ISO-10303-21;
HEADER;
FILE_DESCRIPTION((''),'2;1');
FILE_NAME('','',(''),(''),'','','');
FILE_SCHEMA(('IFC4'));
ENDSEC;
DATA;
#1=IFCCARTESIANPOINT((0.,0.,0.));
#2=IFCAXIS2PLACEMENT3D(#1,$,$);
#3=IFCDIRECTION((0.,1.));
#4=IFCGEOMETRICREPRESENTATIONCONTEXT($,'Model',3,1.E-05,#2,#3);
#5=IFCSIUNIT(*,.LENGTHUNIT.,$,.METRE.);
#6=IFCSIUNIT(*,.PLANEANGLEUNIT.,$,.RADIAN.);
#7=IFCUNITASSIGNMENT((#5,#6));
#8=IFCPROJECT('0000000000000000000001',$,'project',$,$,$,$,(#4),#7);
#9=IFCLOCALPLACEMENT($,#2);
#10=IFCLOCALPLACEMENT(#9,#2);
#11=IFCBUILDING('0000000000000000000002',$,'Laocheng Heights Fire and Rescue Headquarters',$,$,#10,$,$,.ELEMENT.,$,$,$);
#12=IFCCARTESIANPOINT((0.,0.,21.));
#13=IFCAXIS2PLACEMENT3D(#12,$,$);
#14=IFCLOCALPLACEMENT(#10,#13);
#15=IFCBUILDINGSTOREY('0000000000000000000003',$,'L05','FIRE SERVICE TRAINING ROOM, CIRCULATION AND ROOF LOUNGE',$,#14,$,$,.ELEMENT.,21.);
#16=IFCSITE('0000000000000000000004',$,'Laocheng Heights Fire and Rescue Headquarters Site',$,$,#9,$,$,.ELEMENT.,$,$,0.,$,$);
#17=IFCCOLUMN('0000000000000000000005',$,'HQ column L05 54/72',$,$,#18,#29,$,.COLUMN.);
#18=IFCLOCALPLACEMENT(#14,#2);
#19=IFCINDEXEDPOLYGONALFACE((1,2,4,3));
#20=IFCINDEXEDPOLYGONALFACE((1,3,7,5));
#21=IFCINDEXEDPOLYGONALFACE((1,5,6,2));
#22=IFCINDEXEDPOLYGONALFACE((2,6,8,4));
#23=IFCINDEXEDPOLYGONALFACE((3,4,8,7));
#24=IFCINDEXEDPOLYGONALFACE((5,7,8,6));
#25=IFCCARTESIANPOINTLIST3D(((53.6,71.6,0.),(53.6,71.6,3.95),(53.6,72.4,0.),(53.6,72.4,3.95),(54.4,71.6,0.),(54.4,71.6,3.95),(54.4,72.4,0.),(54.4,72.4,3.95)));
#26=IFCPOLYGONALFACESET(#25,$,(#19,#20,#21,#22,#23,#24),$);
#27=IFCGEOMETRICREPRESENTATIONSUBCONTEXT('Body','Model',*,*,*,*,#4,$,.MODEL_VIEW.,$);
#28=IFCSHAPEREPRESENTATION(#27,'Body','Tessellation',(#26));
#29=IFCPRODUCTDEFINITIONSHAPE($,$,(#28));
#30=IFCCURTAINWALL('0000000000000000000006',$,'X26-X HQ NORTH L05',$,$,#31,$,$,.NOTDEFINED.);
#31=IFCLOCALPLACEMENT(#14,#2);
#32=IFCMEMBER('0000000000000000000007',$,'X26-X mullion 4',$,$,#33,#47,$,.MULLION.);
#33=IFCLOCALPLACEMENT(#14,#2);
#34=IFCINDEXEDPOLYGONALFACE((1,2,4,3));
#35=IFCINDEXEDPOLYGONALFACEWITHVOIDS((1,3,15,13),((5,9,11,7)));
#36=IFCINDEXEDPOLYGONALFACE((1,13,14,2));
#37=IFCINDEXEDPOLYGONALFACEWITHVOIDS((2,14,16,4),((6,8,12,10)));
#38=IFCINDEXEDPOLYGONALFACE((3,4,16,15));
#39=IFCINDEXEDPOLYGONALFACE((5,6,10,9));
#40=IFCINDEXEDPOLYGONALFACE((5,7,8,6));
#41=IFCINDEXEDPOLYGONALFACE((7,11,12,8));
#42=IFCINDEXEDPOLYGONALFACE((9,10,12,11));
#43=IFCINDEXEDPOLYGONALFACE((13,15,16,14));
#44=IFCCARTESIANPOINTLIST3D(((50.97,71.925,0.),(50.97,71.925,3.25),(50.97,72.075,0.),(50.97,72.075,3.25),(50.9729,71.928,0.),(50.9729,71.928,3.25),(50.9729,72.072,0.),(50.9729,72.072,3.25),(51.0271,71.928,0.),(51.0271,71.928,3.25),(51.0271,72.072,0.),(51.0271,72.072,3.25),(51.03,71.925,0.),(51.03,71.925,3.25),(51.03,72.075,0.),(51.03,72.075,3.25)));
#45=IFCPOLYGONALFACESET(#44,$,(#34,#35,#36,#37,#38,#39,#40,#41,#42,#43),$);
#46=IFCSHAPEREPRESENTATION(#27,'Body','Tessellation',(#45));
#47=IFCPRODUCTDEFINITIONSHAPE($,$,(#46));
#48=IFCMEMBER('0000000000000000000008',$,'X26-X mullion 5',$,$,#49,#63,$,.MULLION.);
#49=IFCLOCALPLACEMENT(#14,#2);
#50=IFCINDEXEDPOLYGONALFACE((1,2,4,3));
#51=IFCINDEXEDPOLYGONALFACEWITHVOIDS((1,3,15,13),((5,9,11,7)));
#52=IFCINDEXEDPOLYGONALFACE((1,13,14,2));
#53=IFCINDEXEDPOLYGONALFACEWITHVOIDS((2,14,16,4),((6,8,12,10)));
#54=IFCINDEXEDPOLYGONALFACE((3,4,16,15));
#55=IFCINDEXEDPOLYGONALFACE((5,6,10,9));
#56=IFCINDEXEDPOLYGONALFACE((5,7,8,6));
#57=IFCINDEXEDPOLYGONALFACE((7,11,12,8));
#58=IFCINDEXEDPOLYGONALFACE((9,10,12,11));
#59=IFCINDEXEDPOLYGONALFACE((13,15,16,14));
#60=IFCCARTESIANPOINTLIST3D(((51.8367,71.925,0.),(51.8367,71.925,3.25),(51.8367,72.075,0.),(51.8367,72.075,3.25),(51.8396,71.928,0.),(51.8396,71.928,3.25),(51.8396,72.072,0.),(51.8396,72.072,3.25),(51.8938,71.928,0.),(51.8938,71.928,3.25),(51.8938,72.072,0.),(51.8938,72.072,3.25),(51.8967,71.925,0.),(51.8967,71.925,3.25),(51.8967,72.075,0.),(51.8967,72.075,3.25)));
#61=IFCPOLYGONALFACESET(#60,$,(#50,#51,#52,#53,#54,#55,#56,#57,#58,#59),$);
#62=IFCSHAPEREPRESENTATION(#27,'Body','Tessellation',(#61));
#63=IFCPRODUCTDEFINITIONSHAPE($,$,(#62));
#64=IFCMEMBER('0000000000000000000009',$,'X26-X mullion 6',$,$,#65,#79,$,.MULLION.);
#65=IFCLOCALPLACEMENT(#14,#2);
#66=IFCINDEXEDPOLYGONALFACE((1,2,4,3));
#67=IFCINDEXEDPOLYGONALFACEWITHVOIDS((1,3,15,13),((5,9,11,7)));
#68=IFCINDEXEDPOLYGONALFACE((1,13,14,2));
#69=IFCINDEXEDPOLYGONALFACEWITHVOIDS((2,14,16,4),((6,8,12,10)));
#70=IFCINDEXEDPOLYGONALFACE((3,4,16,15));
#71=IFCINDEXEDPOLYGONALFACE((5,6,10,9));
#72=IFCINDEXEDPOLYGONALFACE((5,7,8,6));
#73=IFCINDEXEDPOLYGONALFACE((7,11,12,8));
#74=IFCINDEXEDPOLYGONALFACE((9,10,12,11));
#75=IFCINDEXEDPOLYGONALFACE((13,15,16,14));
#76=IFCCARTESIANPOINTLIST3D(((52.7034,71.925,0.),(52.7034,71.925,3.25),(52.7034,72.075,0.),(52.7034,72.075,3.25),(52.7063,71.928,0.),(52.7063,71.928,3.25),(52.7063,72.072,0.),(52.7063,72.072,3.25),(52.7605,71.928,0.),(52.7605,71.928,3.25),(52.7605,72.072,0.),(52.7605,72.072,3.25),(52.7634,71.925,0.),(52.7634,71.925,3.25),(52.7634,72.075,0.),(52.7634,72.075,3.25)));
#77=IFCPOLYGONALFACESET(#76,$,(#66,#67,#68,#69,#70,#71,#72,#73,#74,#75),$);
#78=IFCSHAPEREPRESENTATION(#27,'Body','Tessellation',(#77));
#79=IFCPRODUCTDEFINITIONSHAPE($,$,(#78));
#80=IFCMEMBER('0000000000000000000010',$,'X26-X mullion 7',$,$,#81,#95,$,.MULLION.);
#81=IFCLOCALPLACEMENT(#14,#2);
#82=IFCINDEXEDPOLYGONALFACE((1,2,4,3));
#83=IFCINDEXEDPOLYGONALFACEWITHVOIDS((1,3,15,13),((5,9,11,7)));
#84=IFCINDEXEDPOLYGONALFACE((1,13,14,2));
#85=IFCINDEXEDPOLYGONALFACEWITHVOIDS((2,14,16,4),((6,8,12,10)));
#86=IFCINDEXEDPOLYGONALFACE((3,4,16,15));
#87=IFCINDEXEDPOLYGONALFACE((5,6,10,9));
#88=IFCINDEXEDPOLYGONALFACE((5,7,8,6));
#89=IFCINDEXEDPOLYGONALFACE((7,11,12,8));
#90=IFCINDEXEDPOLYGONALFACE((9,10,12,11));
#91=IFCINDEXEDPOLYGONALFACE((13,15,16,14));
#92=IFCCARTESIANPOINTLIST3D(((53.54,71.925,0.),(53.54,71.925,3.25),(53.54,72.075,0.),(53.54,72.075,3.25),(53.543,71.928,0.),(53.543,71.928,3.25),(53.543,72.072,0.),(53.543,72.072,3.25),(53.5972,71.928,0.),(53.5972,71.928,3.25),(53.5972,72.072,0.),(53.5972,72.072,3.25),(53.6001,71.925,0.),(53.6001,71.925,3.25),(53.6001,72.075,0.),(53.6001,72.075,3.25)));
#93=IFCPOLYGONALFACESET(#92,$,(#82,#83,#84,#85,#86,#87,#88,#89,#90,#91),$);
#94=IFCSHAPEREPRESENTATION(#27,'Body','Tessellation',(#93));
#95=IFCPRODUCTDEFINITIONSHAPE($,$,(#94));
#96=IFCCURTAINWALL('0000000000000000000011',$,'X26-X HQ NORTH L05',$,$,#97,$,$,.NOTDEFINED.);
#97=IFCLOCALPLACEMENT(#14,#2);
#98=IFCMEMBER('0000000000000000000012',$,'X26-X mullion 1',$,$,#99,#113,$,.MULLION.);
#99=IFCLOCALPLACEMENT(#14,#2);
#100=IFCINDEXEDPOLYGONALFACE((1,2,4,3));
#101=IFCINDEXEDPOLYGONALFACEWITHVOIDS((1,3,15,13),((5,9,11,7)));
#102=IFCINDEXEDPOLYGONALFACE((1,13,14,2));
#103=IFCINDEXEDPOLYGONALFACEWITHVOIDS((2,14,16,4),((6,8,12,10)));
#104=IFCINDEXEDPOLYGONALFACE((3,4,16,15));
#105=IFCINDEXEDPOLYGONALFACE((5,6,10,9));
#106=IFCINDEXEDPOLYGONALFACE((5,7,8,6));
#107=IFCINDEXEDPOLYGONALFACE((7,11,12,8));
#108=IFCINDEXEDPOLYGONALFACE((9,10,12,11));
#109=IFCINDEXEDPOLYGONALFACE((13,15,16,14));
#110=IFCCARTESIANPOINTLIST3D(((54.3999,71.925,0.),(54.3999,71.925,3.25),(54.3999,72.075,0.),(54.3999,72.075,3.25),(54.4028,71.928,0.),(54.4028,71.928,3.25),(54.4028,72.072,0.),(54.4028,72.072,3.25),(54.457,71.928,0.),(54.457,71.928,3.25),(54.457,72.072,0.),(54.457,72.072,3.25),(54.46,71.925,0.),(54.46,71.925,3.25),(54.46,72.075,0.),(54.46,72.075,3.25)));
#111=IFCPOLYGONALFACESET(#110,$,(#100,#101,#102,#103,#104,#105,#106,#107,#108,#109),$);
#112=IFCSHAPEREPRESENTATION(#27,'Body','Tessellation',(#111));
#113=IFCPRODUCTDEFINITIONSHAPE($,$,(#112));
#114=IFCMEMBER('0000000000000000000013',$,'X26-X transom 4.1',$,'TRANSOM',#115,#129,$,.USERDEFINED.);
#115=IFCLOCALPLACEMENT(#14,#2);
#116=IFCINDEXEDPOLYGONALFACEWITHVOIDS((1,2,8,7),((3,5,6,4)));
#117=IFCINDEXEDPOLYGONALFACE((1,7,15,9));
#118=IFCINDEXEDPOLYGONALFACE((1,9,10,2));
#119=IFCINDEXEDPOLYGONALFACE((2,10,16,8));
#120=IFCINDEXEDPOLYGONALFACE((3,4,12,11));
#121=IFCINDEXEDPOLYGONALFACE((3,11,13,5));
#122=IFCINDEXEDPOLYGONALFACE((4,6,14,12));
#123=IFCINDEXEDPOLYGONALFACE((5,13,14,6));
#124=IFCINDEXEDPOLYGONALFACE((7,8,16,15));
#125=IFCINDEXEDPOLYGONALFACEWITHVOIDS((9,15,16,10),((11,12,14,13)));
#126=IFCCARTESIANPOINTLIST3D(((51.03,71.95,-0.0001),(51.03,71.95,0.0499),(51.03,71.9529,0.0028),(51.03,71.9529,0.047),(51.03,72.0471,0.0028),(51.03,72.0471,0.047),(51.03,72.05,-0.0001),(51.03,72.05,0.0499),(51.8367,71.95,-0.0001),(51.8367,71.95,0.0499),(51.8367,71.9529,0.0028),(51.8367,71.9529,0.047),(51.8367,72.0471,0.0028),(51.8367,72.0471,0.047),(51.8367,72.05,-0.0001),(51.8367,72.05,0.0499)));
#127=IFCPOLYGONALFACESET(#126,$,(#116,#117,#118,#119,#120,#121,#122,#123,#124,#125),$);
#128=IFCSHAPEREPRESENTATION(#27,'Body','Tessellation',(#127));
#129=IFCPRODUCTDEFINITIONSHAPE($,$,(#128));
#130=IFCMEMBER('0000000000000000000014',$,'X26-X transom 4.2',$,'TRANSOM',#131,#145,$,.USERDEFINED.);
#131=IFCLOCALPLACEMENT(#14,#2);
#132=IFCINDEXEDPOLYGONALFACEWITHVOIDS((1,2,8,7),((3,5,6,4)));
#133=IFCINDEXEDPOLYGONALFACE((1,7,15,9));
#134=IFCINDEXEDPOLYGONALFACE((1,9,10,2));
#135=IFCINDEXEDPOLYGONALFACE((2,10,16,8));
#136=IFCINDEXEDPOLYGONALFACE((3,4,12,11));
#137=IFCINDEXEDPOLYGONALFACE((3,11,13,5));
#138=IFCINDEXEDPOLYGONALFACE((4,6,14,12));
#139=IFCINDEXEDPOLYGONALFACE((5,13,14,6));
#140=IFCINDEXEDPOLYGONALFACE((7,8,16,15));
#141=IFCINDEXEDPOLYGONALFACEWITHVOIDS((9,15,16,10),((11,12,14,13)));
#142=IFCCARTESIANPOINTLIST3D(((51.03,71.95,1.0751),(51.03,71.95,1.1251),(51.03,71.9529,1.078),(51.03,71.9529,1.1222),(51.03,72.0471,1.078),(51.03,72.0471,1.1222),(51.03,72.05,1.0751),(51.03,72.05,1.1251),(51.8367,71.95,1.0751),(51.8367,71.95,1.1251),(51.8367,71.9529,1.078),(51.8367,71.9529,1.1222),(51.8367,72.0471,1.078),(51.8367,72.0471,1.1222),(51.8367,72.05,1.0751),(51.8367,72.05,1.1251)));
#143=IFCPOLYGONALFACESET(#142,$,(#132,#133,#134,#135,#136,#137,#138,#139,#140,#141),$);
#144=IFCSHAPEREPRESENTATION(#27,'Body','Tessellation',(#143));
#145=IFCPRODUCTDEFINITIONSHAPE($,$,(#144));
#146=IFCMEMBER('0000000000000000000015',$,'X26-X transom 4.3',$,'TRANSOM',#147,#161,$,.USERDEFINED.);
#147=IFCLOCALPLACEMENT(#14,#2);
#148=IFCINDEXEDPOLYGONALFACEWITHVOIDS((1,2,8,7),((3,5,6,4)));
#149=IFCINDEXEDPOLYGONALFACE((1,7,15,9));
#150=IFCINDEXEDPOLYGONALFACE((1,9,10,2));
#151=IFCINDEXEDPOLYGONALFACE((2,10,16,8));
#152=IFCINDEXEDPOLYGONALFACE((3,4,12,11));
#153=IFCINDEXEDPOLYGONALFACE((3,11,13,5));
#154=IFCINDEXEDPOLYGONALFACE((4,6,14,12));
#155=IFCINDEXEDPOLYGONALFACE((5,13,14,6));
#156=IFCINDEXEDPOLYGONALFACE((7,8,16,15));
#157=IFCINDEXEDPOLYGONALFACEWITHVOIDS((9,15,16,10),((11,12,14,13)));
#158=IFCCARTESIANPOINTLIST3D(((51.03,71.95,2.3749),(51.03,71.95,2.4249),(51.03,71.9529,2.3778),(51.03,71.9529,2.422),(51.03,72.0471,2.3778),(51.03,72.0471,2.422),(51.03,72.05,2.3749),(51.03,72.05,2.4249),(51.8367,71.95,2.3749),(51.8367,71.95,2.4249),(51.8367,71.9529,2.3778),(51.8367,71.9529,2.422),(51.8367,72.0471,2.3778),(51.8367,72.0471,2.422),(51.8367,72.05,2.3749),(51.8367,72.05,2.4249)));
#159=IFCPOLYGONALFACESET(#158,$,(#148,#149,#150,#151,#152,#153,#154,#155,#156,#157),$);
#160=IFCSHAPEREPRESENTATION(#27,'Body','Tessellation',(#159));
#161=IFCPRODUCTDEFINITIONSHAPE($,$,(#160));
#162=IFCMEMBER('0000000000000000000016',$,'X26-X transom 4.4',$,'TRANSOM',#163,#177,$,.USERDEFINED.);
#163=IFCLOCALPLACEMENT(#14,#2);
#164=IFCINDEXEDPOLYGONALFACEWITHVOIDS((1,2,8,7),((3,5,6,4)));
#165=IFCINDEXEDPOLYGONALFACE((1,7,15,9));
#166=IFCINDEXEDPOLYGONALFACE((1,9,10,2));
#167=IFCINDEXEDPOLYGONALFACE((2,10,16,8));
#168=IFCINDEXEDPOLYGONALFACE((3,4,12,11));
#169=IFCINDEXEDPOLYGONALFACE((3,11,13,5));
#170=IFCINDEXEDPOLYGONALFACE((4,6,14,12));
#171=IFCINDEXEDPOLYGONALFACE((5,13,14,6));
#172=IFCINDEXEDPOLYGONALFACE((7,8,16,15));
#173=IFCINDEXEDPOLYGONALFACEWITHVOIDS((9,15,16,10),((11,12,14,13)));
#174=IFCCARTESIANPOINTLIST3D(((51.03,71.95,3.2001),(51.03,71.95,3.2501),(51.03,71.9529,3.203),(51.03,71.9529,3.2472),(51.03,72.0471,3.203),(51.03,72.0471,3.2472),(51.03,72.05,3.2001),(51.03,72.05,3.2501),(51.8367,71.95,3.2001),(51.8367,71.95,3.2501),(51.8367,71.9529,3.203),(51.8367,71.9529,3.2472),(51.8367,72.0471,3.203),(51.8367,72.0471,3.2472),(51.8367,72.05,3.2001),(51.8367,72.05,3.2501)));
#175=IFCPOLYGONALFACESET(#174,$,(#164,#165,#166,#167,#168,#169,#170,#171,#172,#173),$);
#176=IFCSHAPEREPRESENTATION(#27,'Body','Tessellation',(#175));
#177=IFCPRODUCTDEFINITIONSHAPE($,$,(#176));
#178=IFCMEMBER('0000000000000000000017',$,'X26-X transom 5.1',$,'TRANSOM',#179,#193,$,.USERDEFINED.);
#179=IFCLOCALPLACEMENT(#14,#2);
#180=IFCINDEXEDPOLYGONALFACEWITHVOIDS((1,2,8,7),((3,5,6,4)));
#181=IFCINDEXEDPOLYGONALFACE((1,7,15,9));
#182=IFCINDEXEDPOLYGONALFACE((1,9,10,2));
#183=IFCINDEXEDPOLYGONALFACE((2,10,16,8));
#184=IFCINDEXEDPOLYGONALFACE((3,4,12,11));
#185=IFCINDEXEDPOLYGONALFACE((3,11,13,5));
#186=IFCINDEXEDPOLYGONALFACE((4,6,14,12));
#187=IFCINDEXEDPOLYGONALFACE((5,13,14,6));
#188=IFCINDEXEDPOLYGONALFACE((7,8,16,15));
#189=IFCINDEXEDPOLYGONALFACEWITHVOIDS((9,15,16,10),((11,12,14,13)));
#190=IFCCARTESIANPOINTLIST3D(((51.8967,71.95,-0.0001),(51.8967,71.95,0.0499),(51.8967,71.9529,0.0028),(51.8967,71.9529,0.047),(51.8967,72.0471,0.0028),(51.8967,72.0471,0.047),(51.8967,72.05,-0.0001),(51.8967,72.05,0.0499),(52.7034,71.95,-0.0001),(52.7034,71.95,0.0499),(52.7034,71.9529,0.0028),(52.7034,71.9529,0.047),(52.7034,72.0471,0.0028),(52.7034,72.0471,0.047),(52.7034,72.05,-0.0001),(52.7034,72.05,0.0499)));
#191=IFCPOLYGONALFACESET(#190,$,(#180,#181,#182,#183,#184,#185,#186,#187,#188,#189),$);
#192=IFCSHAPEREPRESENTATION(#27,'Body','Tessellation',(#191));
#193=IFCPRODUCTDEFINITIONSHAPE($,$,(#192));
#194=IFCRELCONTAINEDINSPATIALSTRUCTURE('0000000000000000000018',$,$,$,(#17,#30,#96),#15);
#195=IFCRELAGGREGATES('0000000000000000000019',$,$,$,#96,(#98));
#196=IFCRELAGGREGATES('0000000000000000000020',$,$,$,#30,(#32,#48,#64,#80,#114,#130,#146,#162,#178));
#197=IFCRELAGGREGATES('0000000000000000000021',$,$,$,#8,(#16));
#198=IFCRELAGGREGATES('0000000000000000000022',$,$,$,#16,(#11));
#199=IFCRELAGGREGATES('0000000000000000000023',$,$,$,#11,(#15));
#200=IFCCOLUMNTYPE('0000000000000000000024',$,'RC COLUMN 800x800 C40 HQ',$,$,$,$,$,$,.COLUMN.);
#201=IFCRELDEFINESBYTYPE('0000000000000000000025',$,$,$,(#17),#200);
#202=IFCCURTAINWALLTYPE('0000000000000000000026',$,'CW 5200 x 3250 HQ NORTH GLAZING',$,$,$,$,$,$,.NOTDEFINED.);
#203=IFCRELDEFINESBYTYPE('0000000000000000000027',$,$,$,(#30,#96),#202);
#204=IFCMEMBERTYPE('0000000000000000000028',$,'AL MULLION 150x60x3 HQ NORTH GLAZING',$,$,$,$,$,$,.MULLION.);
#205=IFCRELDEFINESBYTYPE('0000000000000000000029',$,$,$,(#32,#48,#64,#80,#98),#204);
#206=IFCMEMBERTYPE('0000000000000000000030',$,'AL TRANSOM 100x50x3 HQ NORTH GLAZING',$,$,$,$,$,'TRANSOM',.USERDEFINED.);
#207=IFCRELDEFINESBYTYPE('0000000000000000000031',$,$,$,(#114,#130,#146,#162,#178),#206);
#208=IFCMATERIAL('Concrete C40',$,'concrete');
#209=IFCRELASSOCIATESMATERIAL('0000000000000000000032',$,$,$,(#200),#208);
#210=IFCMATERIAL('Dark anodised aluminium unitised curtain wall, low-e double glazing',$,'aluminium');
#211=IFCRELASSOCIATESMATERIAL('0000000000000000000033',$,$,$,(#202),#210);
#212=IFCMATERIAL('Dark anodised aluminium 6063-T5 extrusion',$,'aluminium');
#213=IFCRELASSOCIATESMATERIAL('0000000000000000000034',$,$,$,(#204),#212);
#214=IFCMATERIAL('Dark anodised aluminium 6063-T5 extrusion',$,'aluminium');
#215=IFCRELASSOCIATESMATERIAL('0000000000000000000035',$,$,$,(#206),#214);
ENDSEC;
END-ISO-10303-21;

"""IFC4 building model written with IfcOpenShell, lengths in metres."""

from ifc_helpers import new_model, si_unit, direction, frame, origin, origin_2d, place, context, subcontext, project, spatial, rectangle, hollow_rectangle, extrude, material, material_profile, profile_set, type_object, element, aggregate, save


model = new_model("IFC4")

# Units and contexts
model_context = context("Model", 3, precision=1e-05, world=origin(), true_north=direction((0.0, 1.0)))
body_context = subcontext(model_context, "Body", "Model", "MODEL_VIEW")
ifc_project = project(units=[si_unit("LENGTHUNIT", "METRE"), si_unit("PLANEANGLEUNIT", "RADIAN")], contexts=[model_context])

# Site, building, storey
site_placement = place(None, origin())
site = spatial("IfcSite", under=ifc_project, at=site_placement, Name="Laocheng Heights Fire and Rescue Headquarters Site", CompositionType="ELEMENT", RefElevation=0.0)
building_placement = place(site_placement, origin())
building = spatial("IfcBuilding", under=site, at=building_placement, Name="Laocheng Heights Fire and Rescue Headquarters", CompositionType="ELEMENT")
storey_placement = place(building_placement, frame((0.0, 0.0, 21.0)))
storey = spatial("IfcBuildingStorey", under=building, at=storey_placement, Name="L05", Description="FIRE SERVICE TRAINING ROOM, CIRCULATION AND ROOF LOUNGE", CompositionType="ELEMENT", Elevation=21.0)

# Column
ifc_material_1 = material(Name="Concrete C40", Category="concrete")
ifc_material_profile_1 = material_profile(ifc_material_1, rectangle(XDim=0.8, YDim=0.8, at=origin_2d()), Name="RC COLUMN 800x800 C40 HQ")
ifc_profile_set_1 = profile_set([ifc_material_profile_1], Name="Concrete C40")
column_type = type_object("IfcColumnType", Name="RC COLUMN 800x800 C40 HQ", PredefinedType="COLUMN", material=ifc_profile_set_1)
column_placement = place(storey_placement, frame((54.0, 72.0, 0.0), z_axis=(0.0, 0.0, 1.0), x_axis=(1.0, 0.0, 0.0)))
element("IfcColumn", 1, at=column_placement, inside=storey, type_object=column_type, Name="HQ column L05 54/72", PredefinedType="COLUMN", context=body_context, shape_type="SweptSolid", body=[
    extrude(rectangle(XDim=0.8, YDim=0.8, at=origin_2d()), origin(), (0.0, 0.0, 1.0), 3.95),
])

# Curtain wall, members
ifc_material_2 = material(Name="Dark anodised aluminium unitised curtain wall, low-e double glazing", Category="aluminium")
curtain_wall_type = type_object("IfcCurtainWallType", Name="CW 5200 x 3250 HQ NORTH GLAZING", PredefinedType="NOTDEFINED", material=ifc_material_2)
curtain_wall_1_placement = place(storey_placement, origin())
curtain_wall_1 = element("IfcCurtainWall", 2, at=curtain_wall_1_placement, inside=storey, type_object=curtain_wall_type, Name="X26-X HQ NORTH L05", PredefinedType="NOTDEFINED")
ifc_material_3 = material(Name="Dark anodised aluminium 6063-T5 extrusion", Category="aluminium")
ifc_material_profile_2 = material_profile(ifc_material_3, hollow_rectangle(XDim=0.1499, YDim=0.0601, WallThickness=0.0029, at=origin_2d()), Name="AL MULLION 150x60x3 HQ NORTH GLAZING")
ifc_profile_set_2 = profile_set([ifc_material_profile_2], Name="Dark anodised aluminium 6063-T5 extrusion")
member_type_1 = type_object("IfcMemberType", Name="AL MULLION 150x60x3 HQ NORTH GLAZING", PredefinedType="MULLION", material=ifc_profile_set_2)
member_1_placement = place(storey_placement, frame((51.0, 72.0, 0.0), z_axis=(0.0, 0.0, 1.0), x_axis=(0.0, 1.0, 0.0)))
member_1 = element("IfcMember", 3, at=member_1_placement, type_object=member_type_1, Name="X26-X mullion 4", PredefinedType="MULLION", context=body_context, shape_type="SweptSolid", body=[
    extrude(hollow_rectangle(XDim=0.1499, YDim=0.0601, WallThickness=0.0029, at=origin_2d()), origin(), (0.0, 0.0, 1.0), 3.25),
])
member_2_placement = place(storey_placement, frame((51.8667, 72.0, 0.0), z_axis=(0.0, 0.0, 1.0), x_axis=(0.0, 1.0, 0.0)))
member_2 = element("IfcMember", 4, at=member_2_placement, type_object=member_type_1, Name="X26-X mullion 5", PredefinedType="MULLION", context=body_context, shape_type="SweptSolid", body=[
    extrude(hollow_rectangle(XDim=0.1499, YDim=0.0601, WallThickness=0.0029, at=origin_2d()), origin(), (0.0, 0.0, 1.0), 3.25),
])
member_3_placement = place(storey_placement, frame((52.7334, 72.0, 0.0), z_axis=(0.0, 0.0, 1.0), x_axis=(0.0, 1.0, 0.0)))
member_3 = element("IfcMember", 5, at=member_3_placement, type_object=member_type_1, Name="X26-X mullion 6", PredefinedType="MULLION", context=body_context, shape_type="SweptSolid", body=[
    extrude(hollow_rectangle(XDim=0.1499, YDim=0.0601, WallThickness=0.0029, at=origin_2d()), origin(), (0.0, 0.0, 1.0), 3.25),
])
member_4_placement = place(storey_placement, frame((53.5701, 72.0, 0.0), z_axis=(0.0, 0.0, 1.0), x_axis=(0.0, 1.0, 0.0)))
member_4 = element("IfcMember", 6, at=member_4_placement, type_object=member_type_1, Name="X26-X mullion 7", PredefinedType="MULLION", context=body_context, shape_type="SweptSolid", body=[
    extrude(hollow_rectangle(XDim=0.1499, YDim=0.0601, WallThickness=0.0029, at=origin_2d()), origin(), (0.0, 0.0, 1.0), 3.25),
])

# Curtain wall, member
curtain_wall_2_placement = place(storey_placement, origin())
curtain_wall_2 = element("IfcCurtainWall", 7, at=curtain_wall_2_placement, inside=storey, type_object=curtain_wall_type, Name="X26-X HQ NORTH L05", PredefinedType="NOTDEFINED")
member_5_placement = place(storey_placement, frame((54.4299, 72.0, 0.0), z_axis=(0.0, 0.0, 1.0), x_axis=(0.0, 1.0, 0.0)))
member_5 = element("IfcMember", 8, at=member_5_placement, type_object=member_type_1, Name="X26-X mullion 1", PredefinedType="MULLION", context=body_context, shape_type="SweptSolid", body=[
    extrude(hollow_rectangle(XDim=0.1499, YDim=0.0601, WallThickness=0.0029, at=origin_2d()), origin(), (0.0, 0.0, 1.0), 3.25),
])

# Members
ifc_material_4 = material(Name="Dark anodised aluminium 6063-T5 extrusion", Category="aluminium")
ifc_material_profile_3 = material_profile(ifc_material_4, hollow_rectangle(XDim=0.1001, YDim=0.05, WallThickness=0.0029, at=origin_2d()), Name="AL TRANSOM 100x50x3 HQ NORTH GLAZING")
ifc_profile_set_3 = profile_set([ifc_material_profile_3], Name="Dark anodised aluminium 6063-T5 extrusion")
member_type_2 = type_object("IfcMemberType", Name="AL TRANSOM 100x50x3 HQ NORTH GLAZING", ElementType="TRANSOM", PredefinedType="USERDEFINED", material=ifc_profile_set_3)
member_6_placement = place(storey_placement, frame((51.03, 72.0, 0.0249), z_axis=(1.0, 0.0, 0.0), x_axis=(0.0, 1.0, 0.0)))
member_6 = element("IfcMember", 9, at=member_6_placement, type_object=member_type_2, Name="X26-X transom 4.1", ObjectType="TRANSOM", PredefinedType="USERDEFINED", context=body_context, shape_type="SweptSolid", body=[
    extrude(hollow_rectangle(XDim=0.1001, YDim=0.05, WallThickness=0.0029, at=origin_2d()), origin(), (0.0, 0.0, 1.0), 0.8066),
])
member_7_placement = place(storey_placement, frame((51.03, 72.0, 1.1001), z_axis=(1.0, 0.0, 0.0), x_axis=(0.0, 1.0, 0.0)))
member_7 = element("IfcMember", 10, at=member_7_placement, type_object=member_type_2, Name="X26-X transom 4.2", ObjectType="TRANSOM", PredefinedType="USERDEFINED", context=body_context, shape_type="SweptSolid", body=[
    extrude(hollow_rectangle(XDim=0.1001, YDim=0.05, WallThickness=0.0029, at=origin_2d()), origin(), (0.0, 0.0, 1.0), 0.8066),
])
member_8_placement = place(storey_placement, frame((51.03, 72.0, 2.3999), z_axis=(1.0, 0.0, 0.0), x_axis=(0.0, 1.0, 0.0)))
member_8 = element("IfcMember", 11, at=member_8_placement, type_object=member_type_2, Name="X26-X transom 4.3", ObjectType="TRANSOM", PredefinedType="USERDEFINED", context=body_context, shape_type="SweptSolid", body=[
    extrude(hollow_rectangle(XDim=0.1001, YDim=0.05, WallThickness=0.0029, at=origin_2d()), origin(), (0.0, 0.0, 1.0), 0.8066),
])
member_9_placement = place(storey_placement, frame((51.03, 72.0, 3.2251), z_axis=(1.0, 0.0, 0.0), x_axis=(0.0, 1.0, 0.0)))
member_9 = element("IfcMember", 12, at=member_9_placement, type_object=member_type_2, Name="X26-X transom 4.4", ObjectType="TRANSOM", PredefinedType="USERDEFINED", context=body_context, shape_type="SweptSolid", body=[
    extrude(hollow_rectangle(XDim=0.1001, YDim=0.05, WallThickness=0.0029, at=origin_2d()), origin(), (0.0, 0.0, 1.0), 0.8066),
])
member_10_placement = place(storey_placement, frame((51.8967, 72.0, 0.0249), z_axis=(1.0, 0.0, 0.0), x_axis=(0.0, 1.0, 0.0)))
member_10 = element("IfcMember", 13, at=member_10_placement, type_object=member_type_2, Name="X26-X transom 5.1", ObjectType="TRANSOM", PredefinedType="USERDEFINED", context=body_context, shape_type="SweptSolid", body=[
    extrude(hollow_rectangle(XDim=0.1001, YDim=0.05, WallThickness=0.0029, at=origin_2d()), origin(), (0.0, 0.0, 1.0), 0.8066),
])
aggregate(curtain_wall_2, [member_5])

aggregate(curtain_wall_1, [member_1, member_2, member_3, member_4, member_6, member_7, member_8, member_9, member_10])

save(model, "model.ifc")
